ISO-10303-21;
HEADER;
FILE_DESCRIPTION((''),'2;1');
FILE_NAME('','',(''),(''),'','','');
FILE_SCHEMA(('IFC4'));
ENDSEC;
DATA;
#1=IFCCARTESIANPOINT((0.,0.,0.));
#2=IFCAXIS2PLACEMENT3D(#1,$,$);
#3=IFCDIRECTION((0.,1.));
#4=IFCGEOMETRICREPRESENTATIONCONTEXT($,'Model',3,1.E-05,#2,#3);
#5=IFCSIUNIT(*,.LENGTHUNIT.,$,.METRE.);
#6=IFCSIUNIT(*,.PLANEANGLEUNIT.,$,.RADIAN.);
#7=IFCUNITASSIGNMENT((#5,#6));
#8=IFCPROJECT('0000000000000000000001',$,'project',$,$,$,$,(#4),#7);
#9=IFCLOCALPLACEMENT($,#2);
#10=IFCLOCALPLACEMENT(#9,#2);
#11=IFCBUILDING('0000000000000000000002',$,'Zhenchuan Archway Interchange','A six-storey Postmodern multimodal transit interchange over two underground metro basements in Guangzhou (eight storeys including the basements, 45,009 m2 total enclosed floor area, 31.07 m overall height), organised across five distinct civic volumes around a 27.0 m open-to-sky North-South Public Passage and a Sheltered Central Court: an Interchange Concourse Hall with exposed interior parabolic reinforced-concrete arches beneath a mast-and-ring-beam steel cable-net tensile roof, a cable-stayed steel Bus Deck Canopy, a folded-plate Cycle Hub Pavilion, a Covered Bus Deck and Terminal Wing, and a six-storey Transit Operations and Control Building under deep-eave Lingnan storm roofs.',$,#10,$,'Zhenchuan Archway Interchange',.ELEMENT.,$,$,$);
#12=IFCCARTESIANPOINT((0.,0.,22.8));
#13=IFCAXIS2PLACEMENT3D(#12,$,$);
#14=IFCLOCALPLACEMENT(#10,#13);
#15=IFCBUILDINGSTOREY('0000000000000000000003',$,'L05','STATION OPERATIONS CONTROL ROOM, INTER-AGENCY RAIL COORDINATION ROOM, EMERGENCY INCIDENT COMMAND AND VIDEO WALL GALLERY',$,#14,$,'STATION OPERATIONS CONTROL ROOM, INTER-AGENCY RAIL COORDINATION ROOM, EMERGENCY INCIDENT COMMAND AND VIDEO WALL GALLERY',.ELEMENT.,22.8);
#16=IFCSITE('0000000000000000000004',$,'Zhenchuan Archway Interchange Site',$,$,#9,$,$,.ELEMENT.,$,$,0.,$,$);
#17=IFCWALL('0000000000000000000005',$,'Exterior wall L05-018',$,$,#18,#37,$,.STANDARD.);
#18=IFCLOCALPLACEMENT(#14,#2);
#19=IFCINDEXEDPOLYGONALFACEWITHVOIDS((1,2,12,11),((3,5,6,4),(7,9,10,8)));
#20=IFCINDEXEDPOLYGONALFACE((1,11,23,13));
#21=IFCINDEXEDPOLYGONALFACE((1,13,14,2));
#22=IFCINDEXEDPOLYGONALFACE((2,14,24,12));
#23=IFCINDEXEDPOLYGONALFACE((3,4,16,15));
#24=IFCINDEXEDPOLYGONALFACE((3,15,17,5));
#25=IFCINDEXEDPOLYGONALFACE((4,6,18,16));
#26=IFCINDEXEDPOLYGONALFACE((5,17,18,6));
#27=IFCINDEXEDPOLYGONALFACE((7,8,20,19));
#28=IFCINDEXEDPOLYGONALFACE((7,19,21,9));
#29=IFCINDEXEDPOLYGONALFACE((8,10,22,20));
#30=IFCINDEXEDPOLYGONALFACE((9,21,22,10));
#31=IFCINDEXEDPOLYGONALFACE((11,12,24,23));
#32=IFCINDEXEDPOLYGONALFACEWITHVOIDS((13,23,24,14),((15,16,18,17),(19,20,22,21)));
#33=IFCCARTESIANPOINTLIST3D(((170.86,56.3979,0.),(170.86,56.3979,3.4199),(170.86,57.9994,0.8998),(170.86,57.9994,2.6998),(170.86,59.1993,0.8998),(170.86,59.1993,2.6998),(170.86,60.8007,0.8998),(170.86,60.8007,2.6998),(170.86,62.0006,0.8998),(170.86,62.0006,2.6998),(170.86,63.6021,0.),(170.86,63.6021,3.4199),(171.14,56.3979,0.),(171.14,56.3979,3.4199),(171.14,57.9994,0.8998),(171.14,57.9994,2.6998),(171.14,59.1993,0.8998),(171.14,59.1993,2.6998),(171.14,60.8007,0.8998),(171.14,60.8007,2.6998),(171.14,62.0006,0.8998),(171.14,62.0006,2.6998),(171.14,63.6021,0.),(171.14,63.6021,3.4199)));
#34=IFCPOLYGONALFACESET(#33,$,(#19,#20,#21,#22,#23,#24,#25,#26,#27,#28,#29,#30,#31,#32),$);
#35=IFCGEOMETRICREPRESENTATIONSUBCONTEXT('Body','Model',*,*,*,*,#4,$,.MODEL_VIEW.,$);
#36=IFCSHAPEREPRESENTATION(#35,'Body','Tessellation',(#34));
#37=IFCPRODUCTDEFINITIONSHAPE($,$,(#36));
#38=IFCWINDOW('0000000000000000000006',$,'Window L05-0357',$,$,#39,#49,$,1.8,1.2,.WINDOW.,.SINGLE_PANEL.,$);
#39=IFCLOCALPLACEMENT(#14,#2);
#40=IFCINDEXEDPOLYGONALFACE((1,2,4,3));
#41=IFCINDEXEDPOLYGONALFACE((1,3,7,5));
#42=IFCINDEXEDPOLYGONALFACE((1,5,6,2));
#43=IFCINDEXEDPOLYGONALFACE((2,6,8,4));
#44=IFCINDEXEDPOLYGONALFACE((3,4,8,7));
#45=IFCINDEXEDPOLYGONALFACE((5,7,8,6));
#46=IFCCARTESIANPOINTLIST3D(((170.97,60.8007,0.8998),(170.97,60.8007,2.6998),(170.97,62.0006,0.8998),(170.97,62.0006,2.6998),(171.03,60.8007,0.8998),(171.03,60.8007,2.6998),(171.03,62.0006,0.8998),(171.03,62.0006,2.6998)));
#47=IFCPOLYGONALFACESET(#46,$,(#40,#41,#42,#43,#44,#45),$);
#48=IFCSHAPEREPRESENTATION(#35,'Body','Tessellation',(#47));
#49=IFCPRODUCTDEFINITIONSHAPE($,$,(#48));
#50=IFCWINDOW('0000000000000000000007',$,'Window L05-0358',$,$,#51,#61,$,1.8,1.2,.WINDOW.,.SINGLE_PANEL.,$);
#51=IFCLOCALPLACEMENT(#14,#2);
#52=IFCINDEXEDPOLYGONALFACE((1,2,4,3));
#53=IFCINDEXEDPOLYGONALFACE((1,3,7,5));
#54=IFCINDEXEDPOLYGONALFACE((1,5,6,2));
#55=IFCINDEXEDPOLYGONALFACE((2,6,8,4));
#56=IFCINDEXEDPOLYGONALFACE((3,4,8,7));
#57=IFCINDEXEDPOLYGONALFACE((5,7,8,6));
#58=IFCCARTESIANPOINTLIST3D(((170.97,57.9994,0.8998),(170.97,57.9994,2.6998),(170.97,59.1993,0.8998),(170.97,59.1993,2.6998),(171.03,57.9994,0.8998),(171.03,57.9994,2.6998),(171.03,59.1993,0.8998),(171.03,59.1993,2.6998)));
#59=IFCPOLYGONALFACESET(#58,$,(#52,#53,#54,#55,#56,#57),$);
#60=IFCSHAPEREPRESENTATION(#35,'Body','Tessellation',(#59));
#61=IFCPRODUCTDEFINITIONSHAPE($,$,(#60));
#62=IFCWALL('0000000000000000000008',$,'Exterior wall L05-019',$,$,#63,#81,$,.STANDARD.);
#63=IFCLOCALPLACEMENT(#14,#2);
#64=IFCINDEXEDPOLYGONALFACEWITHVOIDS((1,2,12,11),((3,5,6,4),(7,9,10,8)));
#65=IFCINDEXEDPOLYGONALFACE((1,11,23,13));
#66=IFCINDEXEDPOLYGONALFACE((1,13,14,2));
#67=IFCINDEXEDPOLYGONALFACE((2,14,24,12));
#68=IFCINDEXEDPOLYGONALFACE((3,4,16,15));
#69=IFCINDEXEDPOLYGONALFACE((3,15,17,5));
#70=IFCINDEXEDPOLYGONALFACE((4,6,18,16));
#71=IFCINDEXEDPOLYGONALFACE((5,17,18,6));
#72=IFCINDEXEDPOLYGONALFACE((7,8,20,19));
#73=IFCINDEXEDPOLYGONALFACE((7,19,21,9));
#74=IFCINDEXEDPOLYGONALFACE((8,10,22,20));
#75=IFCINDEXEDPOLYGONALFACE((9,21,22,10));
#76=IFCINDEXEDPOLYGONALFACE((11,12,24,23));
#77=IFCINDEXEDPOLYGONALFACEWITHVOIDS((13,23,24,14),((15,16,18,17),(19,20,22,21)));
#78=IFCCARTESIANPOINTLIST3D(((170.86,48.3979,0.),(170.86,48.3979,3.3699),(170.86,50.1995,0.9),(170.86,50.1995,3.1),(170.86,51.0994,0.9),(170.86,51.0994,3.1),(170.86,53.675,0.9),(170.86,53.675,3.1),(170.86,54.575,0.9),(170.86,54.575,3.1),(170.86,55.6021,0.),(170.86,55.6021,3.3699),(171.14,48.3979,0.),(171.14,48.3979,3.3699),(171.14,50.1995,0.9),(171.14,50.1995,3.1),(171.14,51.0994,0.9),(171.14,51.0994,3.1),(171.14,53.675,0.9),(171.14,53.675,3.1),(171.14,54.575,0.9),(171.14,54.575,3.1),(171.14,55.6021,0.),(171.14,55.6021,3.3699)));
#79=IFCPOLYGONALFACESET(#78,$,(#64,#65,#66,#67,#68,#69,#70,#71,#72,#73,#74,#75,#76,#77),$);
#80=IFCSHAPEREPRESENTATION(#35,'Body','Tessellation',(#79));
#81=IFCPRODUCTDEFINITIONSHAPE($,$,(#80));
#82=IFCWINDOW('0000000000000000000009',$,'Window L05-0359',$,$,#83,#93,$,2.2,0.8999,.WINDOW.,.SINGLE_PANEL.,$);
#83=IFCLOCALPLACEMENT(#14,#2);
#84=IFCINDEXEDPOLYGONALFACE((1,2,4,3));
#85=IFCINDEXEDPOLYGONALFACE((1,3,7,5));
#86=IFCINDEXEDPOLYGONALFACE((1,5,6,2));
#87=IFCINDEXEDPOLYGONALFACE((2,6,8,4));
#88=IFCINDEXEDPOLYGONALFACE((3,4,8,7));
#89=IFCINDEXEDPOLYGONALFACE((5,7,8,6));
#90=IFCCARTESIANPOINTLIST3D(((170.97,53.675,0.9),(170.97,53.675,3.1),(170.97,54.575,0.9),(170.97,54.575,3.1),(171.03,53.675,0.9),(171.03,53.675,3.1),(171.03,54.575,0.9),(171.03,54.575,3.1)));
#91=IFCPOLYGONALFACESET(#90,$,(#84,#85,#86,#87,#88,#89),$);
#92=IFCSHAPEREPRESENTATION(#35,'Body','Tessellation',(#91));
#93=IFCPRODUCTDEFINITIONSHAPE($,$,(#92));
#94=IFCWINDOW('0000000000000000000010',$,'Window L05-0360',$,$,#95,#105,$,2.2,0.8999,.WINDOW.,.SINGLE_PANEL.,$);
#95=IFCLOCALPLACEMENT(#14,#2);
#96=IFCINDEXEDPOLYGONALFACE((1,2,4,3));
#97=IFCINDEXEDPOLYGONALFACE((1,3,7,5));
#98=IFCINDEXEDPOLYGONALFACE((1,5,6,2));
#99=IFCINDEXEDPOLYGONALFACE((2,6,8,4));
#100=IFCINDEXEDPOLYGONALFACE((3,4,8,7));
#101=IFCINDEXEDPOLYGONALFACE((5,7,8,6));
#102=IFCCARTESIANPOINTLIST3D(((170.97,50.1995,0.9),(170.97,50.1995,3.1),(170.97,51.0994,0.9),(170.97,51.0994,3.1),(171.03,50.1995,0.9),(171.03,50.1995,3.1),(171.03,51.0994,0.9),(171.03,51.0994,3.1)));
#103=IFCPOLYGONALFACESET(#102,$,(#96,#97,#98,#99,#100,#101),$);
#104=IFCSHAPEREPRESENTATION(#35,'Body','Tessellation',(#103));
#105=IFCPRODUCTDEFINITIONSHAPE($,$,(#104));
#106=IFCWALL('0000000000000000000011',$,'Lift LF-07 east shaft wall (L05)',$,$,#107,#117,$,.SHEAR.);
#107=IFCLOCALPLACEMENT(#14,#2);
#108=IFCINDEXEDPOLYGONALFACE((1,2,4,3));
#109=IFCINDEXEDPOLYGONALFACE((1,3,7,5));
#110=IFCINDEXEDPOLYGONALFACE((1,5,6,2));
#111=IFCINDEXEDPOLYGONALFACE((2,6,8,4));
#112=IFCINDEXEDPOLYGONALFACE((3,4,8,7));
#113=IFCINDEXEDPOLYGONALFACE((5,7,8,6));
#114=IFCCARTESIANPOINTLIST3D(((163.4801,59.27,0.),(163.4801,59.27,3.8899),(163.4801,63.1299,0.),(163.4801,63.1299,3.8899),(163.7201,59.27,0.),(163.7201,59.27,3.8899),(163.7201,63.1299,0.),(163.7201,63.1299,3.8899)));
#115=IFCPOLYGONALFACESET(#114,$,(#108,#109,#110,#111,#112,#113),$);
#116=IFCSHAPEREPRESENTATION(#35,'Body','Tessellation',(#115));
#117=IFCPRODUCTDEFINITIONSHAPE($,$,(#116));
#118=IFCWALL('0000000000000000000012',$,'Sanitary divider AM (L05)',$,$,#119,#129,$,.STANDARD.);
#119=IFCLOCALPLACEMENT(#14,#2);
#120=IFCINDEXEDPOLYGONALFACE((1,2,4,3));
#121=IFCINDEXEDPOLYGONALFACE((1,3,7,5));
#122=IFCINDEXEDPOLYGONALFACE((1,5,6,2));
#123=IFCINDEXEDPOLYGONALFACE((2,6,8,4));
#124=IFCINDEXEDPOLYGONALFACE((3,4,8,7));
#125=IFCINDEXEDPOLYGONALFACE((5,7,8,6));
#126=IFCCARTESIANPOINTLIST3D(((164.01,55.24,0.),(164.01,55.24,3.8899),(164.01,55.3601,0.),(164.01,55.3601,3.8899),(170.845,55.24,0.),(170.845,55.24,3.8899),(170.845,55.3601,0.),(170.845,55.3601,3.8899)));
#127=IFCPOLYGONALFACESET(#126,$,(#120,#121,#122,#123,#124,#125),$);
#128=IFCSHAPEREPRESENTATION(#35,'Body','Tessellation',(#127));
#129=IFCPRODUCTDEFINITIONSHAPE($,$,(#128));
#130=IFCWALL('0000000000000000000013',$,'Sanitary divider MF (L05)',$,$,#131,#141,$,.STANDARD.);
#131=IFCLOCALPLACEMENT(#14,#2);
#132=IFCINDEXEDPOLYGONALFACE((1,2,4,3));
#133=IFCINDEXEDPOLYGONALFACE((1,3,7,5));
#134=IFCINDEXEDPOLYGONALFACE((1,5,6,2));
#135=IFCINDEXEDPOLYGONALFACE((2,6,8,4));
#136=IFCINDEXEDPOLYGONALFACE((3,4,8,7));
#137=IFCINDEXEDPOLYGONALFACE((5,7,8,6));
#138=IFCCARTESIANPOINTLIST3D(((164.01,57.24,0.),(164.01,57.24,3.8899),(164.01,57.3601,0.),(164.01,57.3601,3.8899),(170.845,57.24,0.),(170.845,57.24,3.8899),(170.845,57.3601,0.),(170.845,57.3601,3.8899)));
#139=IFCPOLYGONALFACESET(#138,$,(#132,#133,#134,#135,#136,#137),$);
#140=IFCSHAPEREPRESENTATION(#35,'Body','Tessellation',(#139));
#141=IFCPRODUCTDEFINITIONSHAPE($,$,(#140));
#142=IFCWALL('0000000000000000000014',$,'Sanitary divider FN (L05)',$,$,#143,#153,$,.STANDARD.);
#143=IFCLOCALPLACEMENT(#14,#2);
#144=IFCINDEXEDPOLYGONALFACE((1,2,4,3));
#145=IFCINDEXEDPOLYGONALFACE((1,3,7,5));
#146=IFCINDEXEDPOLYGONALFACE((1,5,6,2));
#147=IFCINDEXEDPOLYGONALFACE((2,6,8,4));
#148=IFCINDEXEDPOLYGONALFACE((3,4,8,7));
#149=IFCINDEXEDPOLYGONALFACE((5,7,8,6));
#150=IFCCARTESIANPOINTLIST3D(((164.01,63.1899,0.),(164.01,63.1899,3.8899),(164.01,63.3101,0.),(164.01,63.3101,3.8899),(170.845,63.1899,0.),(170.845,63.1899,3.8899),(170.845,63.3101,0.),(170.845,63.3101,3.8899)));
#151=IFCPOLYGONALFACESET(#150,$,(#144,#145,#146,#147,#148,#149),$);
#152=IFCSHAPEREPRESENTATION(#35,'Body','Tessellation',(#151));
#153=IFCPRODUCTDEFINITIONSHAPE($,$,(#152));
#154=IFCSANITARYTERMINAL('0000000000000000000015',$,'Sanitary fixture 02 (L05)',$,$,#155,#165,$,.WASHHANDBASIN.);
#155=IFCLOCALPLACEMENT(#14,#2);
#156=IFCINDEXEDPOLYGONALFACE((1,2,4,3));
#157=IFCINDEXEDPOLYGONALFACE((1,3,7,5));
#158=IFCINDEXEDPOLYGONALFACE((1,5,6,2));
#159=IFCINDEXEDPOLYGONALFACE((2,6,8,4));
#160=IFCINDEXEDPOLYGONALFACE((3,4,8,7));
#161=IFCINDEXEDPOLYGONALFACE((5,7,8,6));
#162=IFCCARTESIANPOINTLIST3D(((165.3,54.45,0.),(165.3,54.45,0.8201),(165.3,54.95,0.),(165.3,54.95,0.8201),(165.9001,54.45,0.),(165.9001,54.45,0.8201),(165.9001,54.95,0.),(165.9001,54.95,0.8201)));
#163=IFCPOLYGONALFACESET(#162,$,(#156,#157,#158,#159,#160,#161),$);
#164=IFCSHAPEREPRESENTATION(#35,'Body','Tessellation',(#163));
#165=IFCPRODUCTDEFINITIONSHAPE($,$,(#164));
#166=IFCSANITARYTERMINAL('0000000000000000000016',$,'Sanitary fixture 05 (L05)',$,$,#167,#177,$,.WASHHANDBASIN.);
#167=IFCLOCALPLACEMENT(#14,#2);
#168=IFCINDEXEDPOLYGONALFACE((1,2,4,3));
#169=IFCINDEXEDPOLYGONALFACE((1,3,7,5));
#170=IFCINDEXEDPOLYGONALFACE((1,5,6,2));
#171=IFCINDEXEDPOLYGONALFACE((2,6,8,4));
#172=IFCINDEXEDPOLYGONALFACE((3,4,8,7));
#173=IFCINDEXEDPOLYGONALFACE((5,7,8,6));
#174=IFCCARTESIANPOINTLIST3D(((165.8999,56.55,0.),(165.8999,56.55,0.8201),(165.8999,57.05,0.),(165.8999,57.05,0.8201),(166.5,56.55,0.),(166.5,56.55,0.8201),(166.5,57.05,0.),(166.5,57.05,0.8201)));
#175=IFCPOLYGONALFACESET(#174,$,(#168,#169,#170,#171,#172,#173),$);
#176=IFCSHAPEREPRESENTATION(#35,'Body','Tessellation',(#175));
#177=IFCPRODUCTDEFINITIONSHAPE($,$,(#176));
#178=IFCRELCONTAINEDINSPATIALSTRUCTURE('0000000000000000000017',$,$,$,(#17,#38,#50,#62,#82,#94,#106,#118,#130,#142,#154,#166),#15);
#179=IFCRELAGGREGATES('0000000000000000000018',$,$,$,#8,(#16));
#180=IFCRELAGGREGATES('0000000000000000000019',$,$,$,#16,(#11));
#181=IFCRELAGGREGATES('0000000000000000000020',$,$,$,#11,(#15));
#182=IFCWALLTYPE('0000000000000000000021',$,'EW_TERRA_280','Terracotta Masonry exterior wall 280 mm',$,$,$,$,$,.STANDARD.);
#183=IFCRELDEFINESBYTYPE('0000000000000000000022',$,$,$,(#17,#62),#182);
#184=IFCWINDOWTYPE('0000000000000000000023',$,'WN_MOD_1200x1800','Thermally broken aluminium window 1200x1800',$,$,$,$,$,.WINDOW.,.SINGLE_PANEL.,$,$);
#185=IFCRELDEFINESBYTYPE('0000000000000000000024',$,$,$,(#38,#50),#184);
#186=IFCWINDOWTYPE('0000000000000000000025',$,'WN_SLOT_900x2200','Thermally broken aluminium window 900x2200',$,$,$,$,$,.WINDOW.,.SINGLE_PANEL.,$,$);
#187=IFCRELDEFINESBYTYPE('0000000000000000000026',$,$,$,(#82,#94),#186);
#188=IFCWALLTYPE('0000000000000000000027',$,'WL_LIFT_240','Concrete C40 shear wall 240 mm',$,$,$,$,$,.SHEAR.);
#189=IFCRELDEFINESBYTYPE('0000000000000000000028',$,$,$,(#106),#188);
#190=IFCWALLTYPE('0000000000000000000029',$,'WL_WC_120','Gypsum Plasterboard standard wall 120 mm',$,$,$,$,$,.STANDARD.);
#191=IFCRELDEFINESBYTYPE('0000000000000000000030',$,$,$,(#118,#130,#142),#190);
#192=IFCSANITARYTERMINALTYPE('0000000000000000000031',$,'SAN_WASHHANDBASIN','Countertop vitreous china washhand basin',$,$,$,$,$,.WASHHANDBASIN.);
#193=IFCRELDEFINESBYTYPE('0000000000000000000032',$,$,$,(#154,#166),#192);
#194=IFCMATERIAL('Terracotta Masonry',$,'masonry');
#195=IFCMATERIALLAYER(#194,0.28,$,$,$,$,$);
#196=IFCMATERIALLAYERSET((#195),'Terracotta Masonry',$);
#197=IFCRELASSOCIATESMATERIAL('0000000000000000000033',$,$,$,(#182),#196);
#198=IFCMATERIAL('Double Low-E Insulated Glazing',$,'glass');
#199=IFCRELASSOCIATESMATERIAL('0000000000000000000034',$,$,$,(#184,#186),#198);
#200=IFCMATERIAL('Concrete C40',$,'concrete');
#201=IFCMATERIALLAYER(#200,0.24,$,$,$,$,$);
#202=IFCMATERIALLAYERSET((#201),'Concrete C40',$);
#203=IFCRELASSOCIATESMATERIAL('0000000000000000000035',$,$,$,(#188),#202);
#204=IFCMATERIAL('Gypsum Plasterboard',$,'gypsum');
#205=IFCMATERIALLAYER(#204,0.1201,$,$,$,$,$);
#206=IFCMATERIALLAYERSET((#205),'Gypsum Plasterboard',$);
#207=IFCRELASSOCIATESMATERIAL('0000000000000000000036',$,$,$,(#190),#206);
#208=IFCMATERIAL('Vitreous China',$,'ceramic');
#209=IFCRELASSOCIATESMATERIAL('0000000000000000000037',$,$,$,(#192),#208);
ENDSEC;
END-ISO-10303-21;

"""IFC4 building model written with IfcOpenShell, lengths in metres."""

from ifc_helpers import new_model, si_unit, direction, frame, frame_2d, origin, origin_2d, place, context, subcontext, project, spatial, rectangle, extrude, material, layer, layer_set, type_object, element, fill, save


model = new_model("IFC4")

# Units and contexts
model_context = context("Model", 3, precision=1e-05, world=origin(), true_north=direction((0.0, 1.0)))
body_context = subcontext(model_context, "Body", "Model", "MODEL_VIEW")
ifc_project = project(units=[si_unit("LENGTHUNIT", "METRE"), si_unit("PLANEANGLEUNIT", "RADIAN")], contexts=[model_context])

# Site, building, storey
site_placement = place(None, origin())
site = spatial("IfcSite", under=ifc_project, at=site_placement, Name="Zhenchuan Archway Interchange Site", CompositionType="ELEMENT", RefElevation=0.0)
building_placement = place(site_placement, origin())
building = spatial("IfcBuilding", under=site, at=building_placement, Name="Zhenchuan Archway Interchange", Description="A six-storey Postmodern multimodal transit interchange over two underground metro basements in Guangzhou (eight storeys including the basements, 45,009 m2 total enclosed floor area, 31.07 m overall height), organised across five distinct civic volumes around a 27.0 m open-to-sky North-South Public Passage and a Sheltered Central Court: an Interchange Concourse Hall with exposed interior parabolic reinforced-concrete arches beneath a mast-and-ring-beam steel cable-net tensile roof, a cable-stayed steel Bus Deck Canopy, a folded-plate Cycle Hub Pavilion, a Covered Bus Deck and Terminal Wing, and a six-storey Transit Operations and Control Building under deep-eave Lingnan storm roofs.", LongName="Zhenchuan Archway Interchange", CompositionType="ELEMENT")
storey_placement = place(building_placement, frame((0.0, 0.0, 22.8)))
storey = spatial("IfcBuildingStorey", under=building, at=storey_placement, Name="L05", Description="STATION OPERATIONS CONTROL ROOM, INTER-AGENCY RAIL COORDINATION ROOM, EMERGENCY INCIDENT COMMAND AND VIDEO WALL GALLERY", LongName="STATION OPERATIONS CONTROL ROOM, INTER-AGENCY RAIL COORDINATION ROOM, EMERGENCY INCIDENT COMMAND AND VIDEO WALL GALLERY", CompositionType="ELEMENT", Elevation=22.8)

# Shared definitions
ifc_material_1 = material(Name="Concrete C40", Category="concrete")

# Walls, openings, windows
ifc_material_2 = material(Name="Terracotta Masonry", Category="masonry")
ifc_layer_1 = layer(ifc_material_2, 0.28)
ifc_layer_set_1 = layer_set([ifc_layer_1], Name="Terracotta Masonry")
wall_type_1 = type_object("IfcWallType", Name="EW_TERRA_280", Description="Terracotta Masonry exterior wall 280 mm", PredefinedType="STANDARD", material=ifc_layer_set_1)
wall_1_placement = place(storey_placement, frame((171.0, 63.6021, 0.0), z_axis=(0.0, 0.0, 1.0), x_axis=(0.0, -1.0, 0.0)))
wall_1 = element("IfcWall", 1, at=wall_1_placement, inside=storey, type_object=wall_type_1, Name="Exterior wall L05-018", PredefinedType="STANDARD", context=body_context, shape_type="SweptSolid", body=[
    extrude(rectangle(XDim=7.2041, YDim=0.28, at=frame_2d((3.6021, 0.0))), origin(), (0.0, 0.0, 1.0), 3.4199),
])
opening_1_placement = place(wall_1_placement, frame((1.6013, 0.0, 0.8999)))
opening_1 = element("IfcOpeningElement", 2, at=opening_1_placement, cuts=wall_1, PredefinedType="OPENING", context=body_context, shape_type="SweptSolid", body=[
    extrude(rectangle(XDim=1.2, YDim=1.8, at=frame_2d((0.6001, 0.8999))), frame((0.0, 0.1519, 0.0), z_axis=(0.0, -1.0, 0.0), x_axis=(1.0, 0.0, 0.0)), (0.0, 0.0, 1.0), 0.304),
])
opening_2_placement = place(wall_1_placement, frame((4.4026, 0.0, 0.8999)))
opening_2 = element("IfcOpeningElement", 3, at=opening_2_placement, cuts=wall_1, PredefinedType="OPENING", context=body_context, shape_type="SweptSolid", body=[
    extrude(rectangle(XDim=1.2, YDim=1.8, at=frame_2d((0.6001, 0.8999))), frame((0.0, 0.1519, 0.0), z_axis=(0.0, -1.0, 0.0), x_axis=(1.0, 0.0, 0.0)), (0.0, 0.0, 1.0), 0.304),
])
ifc_material_3 = material(Name="Double Low-E Insulated Glazing", Category="glass")
window_type_1 = type_object("IfcWindowType", Name="WN_MOD_1200x1800", Description="Thermally broken aluminium window 1200x1800", PartitioningType="SINGLE_PANEL", PredefinedType="WINDOW", material=ifc_material_3)
window_1_placement = place(opening_1_placement, origin())
window_1 = element("IfcWindow", 4, at=window_1_placement, inside=storey, type_object=window_type_1, Name="Window L05-0357", OverallHeight=1.8, OverallWidth=1.2, PartitioningType="SINGLE_PANEL", PredefinedType="WINDOW", context=body_context, shape_type="SweptSolid", body=[
    extrude(rectangle(XDim=1.2, YDim=1.8, at=frame_2d((0.6001, 0.8999))), frame((0.0, 0.03, 0.0), z_axis=(0.0, -1.0, 0.0), x_axis=(1.0, 0.0, 0.0)), (0.0, 0.0, 1.0), 0.0601),
])
fill(opening_1, window_1)
window_2_placement = place(opening_2_placement, origin())
window_2 = element("IfcWindow", 5, at=window_2_placement, inside=storey, type_object=window_type_1, Name="Window L05-0358", OverallHeight=1.8, OverallWidth=1.2, PartitioningType="SINGLE_PANEL", PredefinedType="WINDOW", context=body_context, shape_type="SweptSolid", body=[
    extrude(rectangle(XDim=1.2, YDim=1.8, at=frame_2d((0.6001, 0.8999))), frame((0.0, 0.03, 0.0), z_axis=(0.0, -1.0, 0.0), x_axis=(1.0, 0.0, 0.0)), (0.0, 0.0, 1.0), 0.0601),
])
fill(opening_2, window_2)
wall_2_placement = place(storey_placement, frame((171.0, 55.6021, 0.0), z_axis=(0.0, 0.0, 1.0), x_axis=(0.0, -1.0, 0.0)))
wall_2 = element("IfcWall", 6, at=wall_2_placement, inside=storey, type_object=wall_type_1, Name="Exterior wall L05-019", PredefinedType="STANDARD", context=body_context, shape_type="SweptSolid", body=[
    extrude(rectangle(XDim=7.2041, YDim=0.28, at=frame_2d((3.6021, 0.0))), origin(), (0.0, 0.0, 1.0), 3.3699),
])
opening_3_placement = place(wall_2_placement, frame((1.0271, 0.0, 0.8999)))
opening_3 = element("IfcOpeningElement", 7, at=opening_3_placement, cuts=wall_2, PredefinedType="OPENING", context=body_context, shape_type="SweptSolid", body=[
    extrude(rectangle(XDim=0.8999, YDim=2.2, at=frame_2d((0.45, 1.1001))), frame((0.0, 0.1519, 0.0), z_axis=(0.0, -1.0, 0.0), x_axis=(1.0, 0.0, 0.0)), (0.0, 0.0, 1.0), 0.304),
])
opening_4_placement = place(wall_2_placement, frame((4.5027, 0.0, 0.8999)))
opening_4 = element("IfcOpeningElement", 8, at=opening_4_placement, cuts=wall_2, PredefinedType="OPENING", context=body_context, shape_type="SweptSolid", body=[
    extrude(rectangle(XDim=0.8999, YDim=2.2, at=frame_2d((0.45, 1.1001))), frame((0.0, 0.1519, 0.0), z_axis=(0.0, -1.0, 0.0), x_axis=(1.0, 0.0, 0.0)), (0.0, 0.0, 1.0), 0.304),
])
window_type_2 = type_object("IfcWindowType", Name="WN_SLOT_900x2200", Description="Thermally broken aluminium window 900x2200", PartitioningType="SINGLE_PANEL", PredefinedType="WINDOW", material=ifc_material_3)
window_3_placement = place(opening_3_placement, origin())
window_3 = element("IfcWindow", 9, at=window_3_placement, inside=storey, type_object=window_type_2, Name="Window L05-0359", OverallHeight=2.2, OverallWidth=0.8999, PartitioningType="SINGLE_PANEL", PredefinedType="WINDOW", context=body_context, shape_type="SweptSolid", body=[
    extrude(rectangle(XDim=0.8999, YDim=2.2, at=frame_2d((0.45, 1.1001))), frame((0.0, 0.03, 0.0), z_axis=(0.0, -1.0, 0.0), x_axis=(1.0, 0.0, 0.0)), (0.0, 0.0, 1.0), 0.0601),
])
fill(opening_3, window_3)
window_4_placement = place(opening_4_placement, origin())
window_4 = element("IfcWindow", 10, at=window_4_placement, inside=storey, type_object=window_type_2, Name="Window L05-0360", OverallHeight=2.2, OverallWidth=0.8999, PartitioningType="SINGLE_PANEL", PredefinedType="WINDOW", context=body_context, shape_type="SweptSolid", body=[
    extrude(rectangle(XDim=0.8999, YDim=2.2, at=frame_2d((0.45, 1.1001))), frame((0.0, 0.03, 0.0), z_axis=(0.0, -1.0, 0.0), x_axis=(1.0, 0.0, 0.0)), (0.0, 0.0, 1.0), 0.0601),
])
fill(opening_4, window_4)

# Walls
ifc_layer_2 = layer(ifc_material_1, 0.24)
ifc_layer_set_2 = layer_set([ifc_layer_2], Name="Concrete C40")
wall_type_2 = type_object("IfcWallType", Name="WL_LIFT_240", Description="Concrete C40 shear wall 240 mm", PredefinedType="SHEAR", material=ifc_layer_set_2)
wall_3_placement = place(storey_placement, frame((163.6001, 59.27, 0.0), z_axis=(0.0, 0.0, 1.0), x_axis=(0.0, 1.0, 0.0)))
element("IfcWall", 11, at=wall_3_placement, inside=storey, type_object=wall_type_2, Name="Lift LF-07 east shaft wall (L05)", PredefinedType="SHEAR", context=body_context, shape_type="SweptSolid", body=[
    extrude(rectangle(XDim=3.8599, YDim=0.24, at=frame_2d((1.9299, 0.0))), origin(), (0.0, 0.0, 1.0), 3.8899),
])
ifc_material_4 = material(Name="Gypsum Plasterboard", Category="gypsum")
ifc_layer_3 = layer(ifc_material_4, 0.1201)
ifc_layer_set_3 = layer_set([ifc_layer_3], Name="Gypsum Plasterboard")
wall_type_3 = type_object("IfcWallType", Name="WL_WC_120", Description="Gypsum Plasterboard standard wall 120 mm", PredefinedType="STANDARD", material=ifc_layer_set_3)
for number, where, z_axis, x_axis, name in (
    (12, (164.01, 55.3, 0.0), (0.0, 0.0, 1.0), (1.0, 0.0, 0.0), "Sanitary divider AM (L05)"),
    (13, (164.01, 57.3, 0.0), (0.0, 0.0, 1.0), (1.0, 0.0, 0.0), "Sanitary divider MF (L05)"),
    (14, (164.01, 63.25, 0.0), (0.0, 0.0, 1.0), (1.0, 0.0, 0.0), "Sanitary divider FN (L05)"),
):
    element("IfcWall", number, at=place(storey_placement, frame(where, z_axis=z_axis, x_axis=x_axis)), inside=storey, type_object=wall_type_3, Name=name, PredefinedType="STANDARD", context=body_context, shape_type="SweptSolid", body=[
        extrude(rectangle(XDim=6.835, YDim=0.1201, at=frame_2d((3.4175, 0.0))), origin(), (0.0, 0.0, 1.0), 3.8899),
    ])

# Sanitary terminals
ifc_material_5 = material(Name="Vitreous China", Category="ceramic")
sanitary_terminal_type_1 = type_object("IfcSanitaryTerminalType", Name="SAN_WASHHANDBASIN", Description="Countertop vitreous china washhand basin", PredefinedType="WASHHANDBASIN", material=ifc_material_5)
for number, where, z_axis, x_axis, name in (
    (15, (165.6001, 54.7, 0.0), (0.0, 0.0, 1.0), (1.0, 0.0, 0.0), "Sanitary fixture 02 (L05)"),
    (16, (166.2, 56.8, 0.0), (0.0, 0.0, 1.0), (1.0, 0.0, 0.0), "Sanitary fixture 05 (L05)"),
):
    element("IfcSanitaryTerminal", number, at=place(storey_placement, frame(where, z_axis=z_axis, x_axis=x_axis)), inside=storey, type_object=sanitary_terminal_type_1, Name=name, PredefinedType="WASHHANDBASIN", context=body_context, shape_type="SweptSolid", body=[
        extrude(rectangle(XDim=0.6001, YDim=0.5, at=origin_2d()), origin(), (0.0, 0.0, 1.0), 0.8201),
    ])

save(model, "model.ifc")
